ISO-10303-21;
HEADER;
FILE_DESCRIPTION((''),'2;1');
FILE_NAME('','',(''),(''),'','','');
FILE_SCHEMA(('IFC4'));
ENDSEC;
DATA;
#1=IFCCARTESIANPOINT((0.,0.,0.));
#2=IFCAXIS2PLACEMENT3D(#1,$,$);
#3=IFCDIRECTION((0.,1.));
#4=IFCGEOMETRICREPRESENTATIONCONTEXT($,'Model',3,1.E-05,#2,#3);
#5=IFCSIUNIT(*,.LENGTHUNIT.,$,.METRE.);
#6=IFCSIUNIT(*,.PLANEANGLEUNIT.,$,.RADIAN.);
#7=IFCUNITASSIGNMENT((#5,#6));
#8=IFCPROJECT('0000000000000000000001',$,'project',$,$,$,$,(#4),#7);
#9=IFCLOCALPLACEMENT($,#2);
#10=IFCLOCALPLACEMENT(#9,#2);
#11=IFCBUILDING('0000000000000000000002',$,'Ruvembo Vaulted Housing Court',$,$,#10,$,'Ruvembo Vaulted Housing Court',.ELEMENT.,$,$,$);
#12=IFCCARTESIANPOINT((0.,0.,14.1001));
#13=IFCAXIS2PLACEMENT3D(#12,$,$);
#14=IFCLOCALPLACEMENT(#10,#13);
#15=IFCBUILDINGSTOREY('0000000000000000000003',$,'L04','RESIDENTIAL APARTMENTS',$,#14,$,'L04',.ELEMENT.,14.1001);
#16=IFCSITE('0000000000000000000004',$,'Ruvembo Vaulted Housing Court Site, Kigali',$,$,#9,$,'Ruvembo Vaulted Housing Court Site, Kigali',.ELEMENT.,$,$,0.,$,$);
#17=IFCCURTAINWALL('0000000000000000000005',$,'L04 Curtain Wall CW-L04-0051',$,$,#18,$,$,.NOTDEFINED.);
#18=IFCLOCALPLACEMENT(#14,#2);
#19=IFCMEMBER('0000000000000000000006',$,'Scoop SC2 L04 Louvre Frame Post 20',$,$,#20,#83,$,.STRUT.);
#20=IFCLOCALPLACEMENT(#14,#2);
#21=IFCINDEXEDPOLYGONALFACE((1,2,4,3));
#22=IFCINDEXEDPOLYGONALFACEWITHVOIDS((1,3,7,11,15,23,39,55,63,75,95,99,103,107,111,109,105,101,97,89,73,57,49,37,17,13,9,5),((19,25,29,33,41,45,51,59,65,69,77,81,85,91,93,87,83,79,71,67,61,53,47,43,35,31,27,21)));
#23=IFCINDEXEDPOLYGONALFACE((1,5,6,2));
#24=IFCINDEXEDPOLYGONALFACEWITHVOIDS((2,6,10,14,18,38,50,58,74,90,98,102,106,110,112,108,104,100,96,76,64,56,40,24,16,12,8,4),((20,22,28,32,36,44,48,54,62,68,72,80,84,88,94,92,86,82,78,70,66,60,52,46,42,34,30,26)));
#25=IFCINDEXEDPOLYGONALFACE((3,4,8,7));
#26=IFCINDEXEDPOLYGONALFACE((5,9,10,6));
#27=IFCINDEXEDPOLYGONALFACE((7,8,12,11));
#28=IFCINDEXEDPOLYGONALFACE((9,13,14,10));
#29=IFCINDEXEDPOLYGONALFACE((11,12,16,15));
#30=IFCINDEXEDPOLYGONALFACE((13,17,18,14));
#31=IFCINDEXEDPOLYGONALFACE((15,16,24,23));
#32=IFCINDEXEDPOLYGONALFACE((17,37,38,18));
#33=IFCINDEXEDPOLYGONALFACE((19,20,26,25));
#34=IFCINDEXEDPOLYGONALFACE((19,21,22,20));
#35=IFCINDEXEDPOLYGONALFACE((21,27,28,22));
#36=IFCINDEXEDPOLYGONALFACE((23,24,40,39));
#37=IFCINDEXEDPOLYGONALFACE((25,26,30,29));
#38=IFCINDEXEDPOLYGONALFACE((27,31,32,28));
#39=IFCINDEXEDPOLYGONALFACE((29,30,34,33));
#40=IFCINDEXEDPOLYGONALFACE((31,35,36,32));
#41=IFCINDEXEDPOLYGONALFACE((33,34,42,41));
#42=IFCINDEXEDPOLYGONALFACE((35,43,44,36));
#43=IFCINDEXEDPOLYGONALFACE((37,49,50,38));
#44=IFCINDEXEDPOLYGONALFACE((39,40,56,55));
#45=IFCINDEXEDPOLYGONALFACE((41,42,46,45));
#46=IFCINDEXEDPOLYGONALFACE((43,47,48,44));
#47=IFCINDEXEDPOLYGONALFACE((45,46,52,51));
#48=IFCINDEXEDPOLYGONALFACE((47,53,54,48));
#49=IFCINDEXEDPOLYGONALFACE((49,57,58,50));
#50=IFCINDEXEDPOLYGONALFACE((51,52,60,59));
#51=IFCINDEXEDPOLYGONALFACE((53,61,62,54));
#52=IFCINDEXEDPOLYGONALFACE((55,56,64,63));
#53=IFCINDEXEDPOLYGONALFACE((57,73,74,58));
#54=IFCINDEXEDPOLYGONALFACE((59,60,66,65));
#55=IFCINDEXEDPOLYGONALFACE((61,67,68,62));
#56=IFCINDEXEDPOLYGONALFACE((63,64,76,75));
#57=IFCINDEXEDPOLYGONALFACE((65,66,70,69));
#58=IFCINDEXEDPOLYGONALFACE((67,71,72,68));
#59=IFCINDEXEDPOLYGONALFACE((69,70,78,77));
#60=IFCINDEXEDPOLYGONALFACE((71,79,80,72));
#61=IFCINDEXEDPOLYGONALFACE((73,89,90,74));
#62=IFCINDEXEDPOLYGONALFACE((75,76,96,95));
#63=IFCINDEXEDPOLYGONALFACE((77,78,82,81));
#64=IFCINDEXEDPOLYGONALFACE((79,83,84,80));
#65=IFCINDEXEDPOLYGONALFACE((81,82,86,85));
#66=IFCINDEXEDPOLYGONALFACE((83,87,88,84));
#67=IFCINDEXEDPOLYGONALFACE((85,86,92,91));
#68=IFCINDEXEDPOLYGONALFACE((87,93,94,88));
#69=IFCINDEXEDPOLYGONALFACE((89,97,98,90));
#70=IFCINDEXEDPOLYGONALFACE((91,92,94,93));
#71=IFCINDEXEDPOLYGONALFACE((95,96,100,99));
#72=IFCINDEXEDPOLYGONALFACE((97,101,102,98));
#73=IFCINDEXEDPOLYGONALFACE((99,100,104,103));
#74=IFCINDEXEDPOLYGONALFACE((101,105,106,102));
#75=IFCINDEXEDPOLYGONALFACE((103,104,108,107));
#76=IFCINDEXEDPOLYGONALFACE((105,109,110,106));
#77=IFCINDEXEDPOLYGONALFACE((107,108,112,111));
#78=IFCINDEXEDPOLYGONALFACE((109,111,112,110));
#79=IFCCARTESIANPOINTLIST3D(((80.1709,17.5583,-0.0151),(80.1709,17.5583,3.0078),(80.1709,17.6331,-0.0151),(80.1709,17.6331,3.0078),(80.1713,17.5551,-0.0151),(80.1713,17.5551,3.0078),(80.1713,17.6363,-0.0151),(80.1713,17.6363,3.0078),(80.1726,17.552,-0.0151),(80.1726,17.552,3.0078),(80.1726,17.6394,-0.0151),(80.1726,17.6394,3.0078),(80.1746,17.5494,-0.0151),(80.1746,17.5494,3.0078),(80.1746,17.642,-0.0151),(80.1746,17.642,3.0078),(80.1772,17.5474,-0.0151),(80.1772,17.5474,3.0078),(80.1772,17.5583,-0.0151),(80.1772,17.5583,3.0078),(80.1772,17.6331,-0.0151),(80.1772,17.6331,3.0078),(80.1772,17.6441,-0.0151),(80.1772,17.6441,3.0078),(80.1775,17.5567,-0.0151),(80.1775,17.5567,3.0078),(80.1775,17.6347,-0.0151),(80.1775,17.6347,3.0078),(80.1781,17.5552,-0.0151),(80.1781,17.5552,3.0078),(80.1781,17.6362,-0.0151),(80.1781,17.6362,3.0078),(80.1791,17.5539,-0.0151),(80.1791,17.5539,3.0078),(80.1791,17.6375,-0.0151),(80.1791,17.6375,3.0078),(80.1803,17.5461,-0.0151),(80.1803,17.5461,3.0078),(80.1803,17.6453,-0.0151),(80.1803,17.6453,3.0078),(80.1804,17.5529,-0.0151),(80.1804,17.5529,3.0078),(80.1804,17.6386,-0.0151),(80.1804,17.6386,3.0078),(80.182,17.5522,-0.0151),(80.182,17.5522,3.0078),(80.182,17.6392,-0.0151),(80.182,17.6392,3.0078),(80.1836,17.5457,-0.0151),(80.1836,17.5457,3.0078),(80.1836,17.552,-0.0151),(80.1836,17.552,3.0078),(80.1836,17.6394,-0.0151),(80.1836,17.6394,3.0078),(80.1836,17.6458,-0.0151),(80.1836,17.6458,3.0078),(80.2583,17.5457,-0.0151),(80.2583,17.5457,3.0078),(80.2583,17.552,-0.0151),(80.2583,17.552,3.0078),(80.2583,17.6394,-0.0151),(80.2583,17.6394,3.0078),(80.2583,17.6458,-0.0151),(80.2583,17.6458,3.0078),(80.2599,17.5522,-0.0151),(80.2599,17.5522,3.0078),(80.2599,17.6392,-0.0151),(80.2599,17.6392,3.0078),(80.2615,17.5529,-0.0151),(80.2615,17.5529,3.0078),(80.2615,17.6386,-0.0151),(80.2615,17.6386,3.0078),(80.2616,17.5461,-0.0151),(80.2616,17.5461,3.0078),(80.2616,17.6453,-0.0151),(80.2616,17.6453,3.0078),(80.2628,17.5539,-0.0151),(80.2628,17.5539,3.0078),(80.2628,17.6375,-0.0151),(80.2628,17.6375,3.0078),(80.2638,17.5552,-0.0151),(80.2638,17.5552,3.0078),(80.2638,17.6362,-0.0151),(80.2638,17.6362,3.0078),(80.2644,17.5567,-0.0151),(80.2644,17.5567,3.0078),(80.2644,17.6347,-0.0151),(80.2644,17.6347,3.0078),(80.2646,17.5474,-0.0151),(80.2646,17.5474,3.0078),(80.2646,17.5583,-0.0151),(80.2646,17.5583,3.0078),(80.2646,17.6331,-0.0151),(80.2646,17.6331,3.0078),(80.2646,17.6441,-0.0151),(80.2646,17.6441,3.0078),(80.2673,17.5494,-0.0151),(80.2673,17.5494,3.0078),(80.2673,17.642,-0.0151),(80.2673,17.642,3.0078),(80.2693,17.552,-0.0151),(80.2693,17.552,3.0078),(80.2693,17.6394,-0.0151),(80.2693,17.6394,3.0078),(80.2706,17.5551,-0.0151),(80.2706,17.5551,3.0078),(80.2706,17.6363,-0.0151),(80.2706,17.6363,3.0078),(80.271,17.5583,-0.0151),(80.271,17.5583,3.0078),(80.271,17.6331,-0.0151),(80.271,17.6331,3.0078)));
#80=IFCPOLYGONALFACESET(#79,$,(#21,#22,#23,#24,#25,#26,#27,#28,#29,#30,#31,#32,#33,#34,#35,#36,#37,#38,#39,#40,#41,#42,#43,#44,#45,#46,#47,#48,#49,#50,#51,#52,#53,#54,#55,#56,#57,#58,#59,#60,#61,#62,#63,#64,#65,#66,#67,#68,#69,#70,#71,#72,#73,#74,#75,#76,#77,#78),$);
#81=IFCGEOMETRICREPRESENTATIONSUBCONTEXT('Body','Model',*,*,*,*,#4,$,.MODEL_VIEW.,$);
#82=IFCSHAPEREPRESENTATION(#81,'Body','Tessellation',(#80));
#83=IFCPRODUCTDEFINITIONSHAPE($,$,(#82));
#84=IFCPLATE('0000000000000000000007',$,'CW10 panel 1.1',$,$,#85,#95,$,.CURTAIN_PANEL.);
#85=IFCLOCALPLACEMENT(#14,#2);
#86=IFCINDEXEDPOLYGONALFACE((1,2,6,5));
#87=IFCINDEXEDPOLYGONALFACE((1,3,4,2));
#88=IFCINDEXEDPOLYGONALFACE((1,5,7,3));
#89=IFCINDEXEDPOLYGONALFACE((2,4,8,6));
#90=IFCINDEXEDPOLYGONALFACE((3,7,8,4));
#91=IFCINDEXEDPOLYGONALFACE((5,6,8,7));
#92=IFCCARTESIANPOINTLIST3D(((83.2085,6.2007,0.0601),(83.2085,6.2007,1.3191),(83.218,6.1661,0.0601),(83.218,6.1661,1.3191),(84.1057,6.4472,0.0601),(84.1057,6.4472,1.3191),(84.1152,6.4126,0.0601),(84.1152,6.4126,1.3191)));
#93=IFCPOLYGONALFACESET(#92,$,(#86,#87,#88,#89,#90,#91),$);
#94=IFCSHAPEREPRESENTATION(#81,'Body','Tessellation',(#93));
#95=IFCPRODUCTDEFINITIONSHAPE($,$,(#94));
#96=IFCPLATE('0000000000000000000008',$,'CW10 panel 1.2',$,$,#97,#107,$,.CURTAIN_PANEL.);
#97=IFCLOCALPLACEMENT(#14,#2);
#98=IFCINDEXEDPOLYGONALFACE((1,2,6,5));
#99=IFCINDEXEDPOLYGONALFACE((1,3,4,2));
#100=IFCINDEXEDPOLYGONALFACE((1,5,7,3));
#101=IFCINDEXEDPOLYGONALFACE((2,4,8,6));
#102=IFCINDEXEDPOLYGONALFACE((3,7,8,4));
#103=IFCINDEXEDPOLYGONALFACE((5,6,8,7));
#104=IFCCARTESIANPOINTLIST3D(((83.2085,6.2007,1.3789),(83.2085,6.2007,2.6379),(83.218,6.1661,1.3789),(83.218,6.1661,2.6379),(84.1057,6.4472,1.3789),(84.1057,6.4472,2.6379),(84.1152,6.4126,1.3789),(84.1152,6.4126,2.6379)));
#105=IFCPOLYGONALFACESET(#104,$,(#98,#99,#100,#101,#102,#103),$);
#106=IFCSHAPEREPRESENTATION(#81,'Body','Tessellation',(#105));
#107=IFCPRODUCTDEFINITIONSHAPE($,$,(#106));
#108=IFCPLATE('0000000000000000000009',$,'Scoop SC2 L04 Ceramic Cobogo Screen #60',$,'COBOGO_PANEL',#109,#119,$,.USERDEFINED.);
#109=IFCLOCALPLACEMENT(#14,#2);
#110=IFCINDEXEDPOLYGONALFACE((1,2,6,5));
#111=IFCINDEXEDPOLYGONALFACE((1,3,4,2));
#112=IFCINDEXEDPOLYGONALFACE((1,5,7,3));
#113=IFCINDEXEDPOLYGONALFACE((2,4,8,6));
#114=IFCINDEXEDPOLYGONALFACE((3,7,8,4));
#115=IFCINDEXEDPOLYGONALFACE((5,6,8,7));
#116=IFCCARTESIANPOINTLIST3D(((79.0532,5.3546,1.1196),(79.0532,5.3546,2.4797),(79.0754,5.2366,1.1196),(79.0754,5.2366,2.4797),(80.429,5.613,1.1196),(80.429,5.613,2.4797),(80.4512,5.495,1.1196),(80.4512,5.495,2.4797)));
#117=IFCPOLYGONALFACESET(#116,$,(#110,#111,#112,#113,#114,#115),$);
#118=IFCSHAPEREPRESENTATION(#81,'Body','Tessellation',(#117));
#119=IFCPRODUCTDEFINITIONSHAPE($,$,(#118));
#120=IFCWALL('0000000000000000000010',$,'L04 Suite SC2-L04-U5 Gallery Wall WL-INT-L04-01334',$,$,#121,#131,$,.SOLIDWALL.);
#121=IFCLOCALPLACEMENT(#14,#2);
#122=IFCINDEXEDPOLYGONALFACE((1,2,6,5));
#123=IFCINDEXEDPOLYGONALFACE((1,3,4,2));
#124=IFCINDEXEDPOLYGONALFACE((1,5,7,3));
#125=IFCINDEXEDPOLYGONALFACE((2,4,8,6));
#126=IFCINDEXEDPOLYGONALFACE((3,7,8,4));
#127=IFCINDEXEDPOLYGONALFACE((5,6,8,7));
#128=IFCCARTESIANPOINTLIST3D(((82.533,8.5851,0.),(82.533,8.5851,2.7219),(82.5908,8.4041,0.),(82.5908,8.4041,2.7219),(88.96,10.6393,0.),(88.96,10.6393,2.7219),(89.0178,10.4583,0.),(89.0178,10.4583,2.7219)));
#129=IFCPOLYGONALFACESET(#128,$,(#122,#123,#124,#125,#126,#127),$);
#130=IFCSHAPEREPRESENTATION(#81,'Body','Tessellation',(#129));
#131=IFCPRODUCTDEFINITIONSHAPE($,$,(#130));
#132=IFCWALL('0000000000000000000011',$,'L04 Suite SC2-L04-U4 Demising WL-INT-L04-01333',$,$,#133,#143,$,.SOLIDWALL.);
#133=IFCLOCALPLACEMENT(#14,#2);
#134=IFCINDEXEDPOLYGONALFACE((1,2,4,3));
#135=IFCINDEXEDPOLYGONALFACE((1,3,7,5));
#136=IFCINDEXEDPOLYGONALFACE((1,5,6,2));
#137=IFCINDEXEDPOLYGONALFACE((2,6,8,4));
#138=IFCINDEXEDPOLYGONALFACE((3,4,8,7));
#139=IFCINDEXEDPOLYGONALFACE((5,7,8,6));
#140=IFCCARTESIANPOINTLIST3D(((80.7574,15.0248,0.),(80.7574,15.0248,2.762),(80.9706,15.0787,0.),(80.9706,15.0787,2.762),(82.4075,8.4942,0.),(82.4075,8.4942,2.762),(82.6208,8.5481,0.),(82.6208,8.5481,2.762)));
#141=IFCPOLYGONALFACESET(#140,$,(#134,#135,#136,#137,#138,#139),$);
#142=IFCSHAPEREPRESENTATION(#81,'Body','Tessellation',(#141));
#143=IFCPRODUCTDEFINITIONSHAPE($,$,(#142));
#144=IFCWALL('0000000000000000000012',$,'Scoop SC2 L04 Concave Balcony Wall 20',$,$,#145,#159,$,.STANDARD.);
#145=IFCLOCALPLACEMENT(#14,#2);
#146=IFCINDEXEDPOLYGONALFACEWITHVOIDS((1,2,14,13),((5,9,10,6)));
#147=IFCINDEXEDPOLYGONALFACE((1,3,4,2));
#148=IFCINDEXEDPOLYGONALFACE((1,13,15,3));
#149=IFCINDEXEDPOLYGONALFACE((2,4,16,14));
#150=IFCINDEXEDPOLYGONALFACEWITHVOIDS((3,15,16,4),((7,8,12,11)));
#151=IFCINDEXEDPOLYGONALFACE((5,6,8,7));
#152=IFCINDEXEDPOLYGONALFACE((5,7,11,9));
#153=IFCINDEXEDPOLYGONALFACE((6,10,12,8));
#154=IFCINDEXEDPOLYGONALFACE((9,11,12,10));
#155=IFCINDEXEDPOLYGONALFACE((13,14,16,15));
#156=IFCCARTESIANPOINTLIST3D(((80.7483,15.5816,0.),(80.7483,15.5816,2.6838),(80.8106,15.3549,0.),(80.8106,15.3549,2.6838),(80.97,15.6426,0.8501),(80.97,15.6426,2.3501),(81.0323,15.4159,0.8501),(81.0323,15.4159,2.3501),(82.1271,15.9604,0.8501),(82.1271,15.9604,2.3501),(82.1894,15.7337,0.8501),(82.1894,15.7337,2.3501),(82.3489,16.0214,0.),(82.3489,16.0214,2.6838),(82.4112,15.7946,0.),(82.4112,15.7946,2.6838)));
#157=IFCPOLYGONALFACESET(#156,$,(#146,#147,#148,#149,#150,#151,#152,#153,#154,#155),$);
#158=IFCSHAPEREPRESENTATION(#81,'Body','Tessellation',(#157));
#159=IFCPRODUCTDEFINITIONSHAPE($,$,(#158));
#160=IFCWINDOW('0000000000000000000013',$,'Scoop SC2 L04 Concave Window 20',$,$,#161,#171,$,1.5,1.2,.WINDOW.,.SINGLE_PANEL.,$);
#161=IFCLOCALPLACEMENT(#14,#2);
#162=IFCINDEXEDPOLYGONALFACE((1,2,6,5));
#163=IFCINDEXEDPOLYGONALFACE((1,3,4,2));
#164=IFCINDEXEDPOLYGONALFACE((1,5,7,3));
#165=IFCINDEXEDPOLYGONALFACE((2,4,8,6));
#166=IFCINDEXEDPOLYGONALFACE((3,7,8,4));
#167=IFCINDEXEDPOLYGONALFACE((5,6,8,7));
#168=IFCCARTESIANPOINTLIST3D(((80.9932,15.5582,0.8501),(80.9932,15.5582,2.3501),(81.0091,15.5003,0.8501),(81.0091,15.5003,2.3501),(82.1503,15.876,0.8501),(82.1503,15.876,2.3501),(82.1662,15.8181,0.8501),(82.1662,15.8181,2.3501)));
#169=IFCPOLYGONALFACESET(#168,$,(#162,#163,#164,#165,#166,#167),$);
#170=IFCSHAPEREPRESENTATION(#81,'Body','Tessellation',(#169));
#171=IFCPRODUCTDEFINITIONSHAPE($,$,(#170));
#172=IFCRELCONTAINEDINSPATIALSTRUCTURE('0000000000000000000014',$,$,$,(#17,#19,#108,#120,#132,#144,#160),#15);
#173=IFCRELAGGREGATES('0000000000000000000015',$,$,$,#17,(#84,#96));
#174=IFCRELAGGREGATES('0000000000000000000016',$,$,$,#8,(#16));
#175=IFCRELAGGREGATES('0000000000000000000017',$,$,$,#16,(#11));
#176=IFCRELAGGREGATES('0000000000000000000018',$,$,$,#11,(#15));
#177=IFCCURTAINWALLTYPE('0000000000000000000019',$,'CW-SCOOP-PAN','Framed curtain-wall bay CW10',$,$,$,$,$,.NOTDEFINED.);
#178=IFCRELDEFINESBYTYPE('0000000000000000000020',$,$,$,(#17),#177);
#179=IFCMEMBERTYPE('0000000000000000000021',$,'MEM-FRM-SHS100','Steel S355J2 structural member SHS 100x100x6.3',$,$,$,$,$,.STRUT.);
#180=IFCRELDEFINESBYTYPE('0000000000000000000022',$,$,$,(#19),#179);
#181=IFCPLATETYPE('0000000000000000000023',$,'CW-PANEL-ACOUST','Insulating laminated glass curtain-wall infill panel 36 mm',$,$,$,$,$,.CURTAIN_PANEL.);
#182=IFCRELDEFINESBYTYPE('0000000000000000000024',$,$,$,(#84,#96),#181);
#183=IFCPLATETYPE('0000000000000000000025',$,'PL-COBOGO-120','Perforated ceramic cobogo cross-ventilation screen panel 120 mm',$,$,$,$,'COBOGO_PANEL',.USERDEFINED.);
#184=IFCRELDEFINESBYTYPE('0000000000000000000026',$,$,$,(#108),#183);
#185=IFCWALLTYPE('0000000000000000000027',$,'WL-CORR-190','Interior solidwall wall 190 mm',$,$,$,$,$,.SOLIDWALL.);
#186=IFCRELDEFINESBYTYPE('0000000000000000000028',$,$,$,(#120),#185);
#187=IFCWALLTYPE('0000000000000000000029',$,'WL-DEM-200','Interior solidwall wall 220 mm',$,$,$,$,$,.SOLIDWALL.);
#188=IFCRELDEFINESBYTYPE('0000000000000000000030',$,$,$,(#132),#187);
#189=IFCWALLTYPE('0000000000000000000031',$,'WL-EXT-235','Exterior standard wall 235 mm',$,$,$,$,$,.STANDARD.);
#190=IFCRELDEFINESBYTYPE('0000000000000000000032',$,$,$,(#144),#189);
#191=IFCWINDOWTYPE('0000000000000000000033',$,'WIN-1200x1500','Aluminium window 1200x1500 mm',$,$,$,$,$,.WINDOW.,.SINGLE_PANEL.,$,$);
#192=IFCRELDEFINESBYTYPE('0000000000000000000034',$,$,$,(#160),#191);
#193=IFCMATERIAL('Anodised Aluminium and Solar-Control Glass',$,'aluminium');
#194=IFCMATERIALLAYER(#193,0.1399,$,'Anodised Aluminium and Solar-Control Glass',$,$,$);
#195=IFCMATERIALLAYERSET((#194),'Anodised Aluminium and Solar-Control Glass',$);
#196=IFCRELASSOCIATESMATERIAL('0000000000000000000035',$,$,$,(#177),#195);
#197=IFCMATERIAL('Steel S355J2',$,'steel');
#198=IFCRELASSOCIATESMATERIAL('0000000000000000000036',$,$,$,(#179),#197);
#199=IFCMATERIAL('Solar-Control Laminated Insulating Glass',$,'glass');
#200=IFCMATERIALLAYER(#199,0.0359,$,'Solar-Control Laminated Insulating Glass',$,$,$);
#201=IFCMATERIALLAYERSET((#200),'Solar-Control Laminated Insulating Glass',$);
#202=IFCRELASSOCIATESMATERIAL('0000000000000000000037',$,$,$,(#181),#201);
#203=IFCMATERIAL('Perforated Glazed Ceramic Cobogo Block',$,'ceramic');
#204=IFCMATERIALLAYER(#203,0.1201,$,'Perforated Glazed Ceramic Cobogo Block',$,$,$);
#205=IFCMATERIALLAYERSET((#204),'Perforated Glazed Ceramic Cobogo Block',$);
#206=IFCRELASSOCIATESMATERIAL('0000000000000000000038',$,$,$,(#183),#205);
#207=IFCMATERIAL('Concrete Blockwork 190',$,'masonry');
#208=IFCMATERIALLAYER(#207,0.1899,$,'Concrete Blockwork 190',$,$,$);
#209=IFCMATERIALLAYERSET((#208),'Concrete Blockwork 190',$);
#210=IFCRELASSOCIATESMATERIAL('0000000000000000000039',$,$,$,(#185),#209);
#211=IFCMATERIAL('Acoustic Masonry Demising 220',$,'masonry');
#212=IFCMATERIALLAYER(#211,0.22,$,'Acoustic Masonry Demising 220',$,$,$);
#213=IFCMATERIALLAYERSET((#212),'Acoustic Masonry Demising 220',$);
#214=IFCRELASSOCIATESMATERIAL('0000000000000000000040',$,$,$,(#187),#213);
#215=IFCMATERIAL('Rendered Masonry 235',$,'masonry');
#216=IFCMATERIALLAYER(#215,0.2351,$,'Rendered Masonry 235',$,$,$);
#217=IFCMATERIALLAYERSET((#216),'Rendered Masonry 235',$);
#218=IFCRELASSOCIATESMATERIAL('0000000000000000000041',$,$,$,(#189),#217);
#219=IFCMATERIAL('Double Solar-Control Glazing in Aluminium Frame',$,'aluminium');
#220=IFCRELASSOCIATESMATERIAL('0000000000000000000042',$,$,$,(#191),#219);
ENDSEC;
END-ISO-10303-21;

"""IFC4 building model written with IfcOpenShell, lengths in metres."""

from ifc_helpers import new_model, si_unit, direction, frame, frame_2d, origin, origin_2d, place, context, subcontext, project, spatial, rectangle, hollow_rectangle, extrude, material, layer, layer_set, material_profile, profile_set, type_object, element, fill, aggregate, save


model = new_model("IFC4")

# Units and contexts
model_context = context("Model", 3, precision=1e-05, world=origin(), true_north=direction((0.0, 1.0)))
body_context = subcontext(model_context, "Body", "Model", "MODEL_VIEW")
ifc_project = project(units=[si_unit("LENGTHUNIT", "METRE"), si_unit("PLANEANGLEUNIT", "RADIAN")], contexts=[model_context])

# Site, building, storey
site_placement = place(None, origin())
site = spatial("IfcSite", under=ifc_project, at=site_placement, Name="Ruvembo Vaulted Housing Court Site, Kigali", LongName="Ruvembo Vaulted Housing Court Site, Kigali", CompositionType="ELEMENT", RefElevation=0.0)
building_placement = place(site_placement, origin())
building = spatial("IfcBuilding", under=site, at=building_placement, Name="Ruvembo Vaulted Housing Court", LongName="Ruvembo Vaulted Housing Court", CompositionType="ELEMENT")
storey_placement = place(building_placement, frame((0.0, 0.0, 14.1001)))
storey = spatial("IfcBuildingStorey", under=building, at=storey_placement, Name="L04", Description="RESIDENTIAL APARTMENTS", LongName="L04", CompositionType="ELEMENT", Elevation=14.1001)

# Shared definitions
ifc_material_1 = material(Name="Steel S355J2", Category="steel")

# Curtain wall
ifc_material_2 = material(Name="Anodised Aluminium and Solar-Control Glass", Category="aluminium")
ifc_layer_1 = layer(ifc_material_2, 0.1399, Name="Anodised Aluminium and Solar-Control Glass")
ifc_layer_set_1 = layer_set([ifc_layer_1], Name="Anodised Aluminium and Solar-Control Glass")
curtain_wall_type = type_object("IfcCurtainWallType", Name="CW-SCOOP-PAN", Description="Framed curtain-wall bay CW10", PredefinedType="NOTDEFINED", material=ifc_layer_set_1)
curtain_wall_placement = place(storey_placement, origin())
curtain_wall = element("IfcCurtainWall", 1, at=curtain_wall_placement, inside=storey, type_object=curtain_wall_type, Name="L04 Curtain Wall CW-L04-0051", PredefinedType="NOTDEFINED")

# Member
ifc_material_profile_1 = material_profile(ifc_material_1, hollow_rectangle(XDim=0.1001, YDim=0.1001, WallThickness=0.0063, InnerFilletRadius=0.0063, OuterFilletRadius=0.0127, at=origin_2d()), Name="SHS 100x100x6.3")
ifc_profile_set_1 = profile_set([ifc_material_profile_1], Name="Steel S355J2")
member_type_1 = type_object("IfcMemberType", Name="MEM-FRM-SHS100", Description="Steel S355J2 structural member SHS 100x100x6.3", PredefinedType="STRUT", material=ifc_profile_set_1)
for number, where, z_axis, x_axis, name in (
    (2, (80.2209, 17.5957, -0.0151), (0.0, 0.0, 1.0), (1.0, 0.0, 0.0), "Scoop SC2 L04 Louvre Frame Post 20"),
):
    element("IfcMember", number, at=place(storey_placement, frame(where, z_axis=z_axis, x_axis=x_axis)), inside=storey, type_object=member_type_1, Name=name, PredefinedType="STRUT", context=body_context, shape_type="SweptSolid", body=[
        extrude(hollow_rectangle(XDim=0.1001, YDim=0.1001, WallThickness=0.0063, InnerFilletRadius=0.0063, OuterFilletRadius=0.0127, at=origin_2d()), origin(), (0.0, 0.0, 1.0), 3.0229),
    ])

# Plates
ifc_material_3 = material(Name="Solar-Control Laminated Insulating Glass", Category="glass")
ifc_layer_2 = layer(ifc_material_3, 0.0359, Name="Solar-Control Laminated Insulating Glass")
ifc_layer_set_2 = layer_set([ifc_layer_2], Name="Solar-Control Laminated Insulating Glass")
plate_type_1 = type_object("IfcPlateType", Name="CW-PANEL-ACOUST", Description="Insulating laminated glass curtain-wall infill panel 36 mm", PredefinedType="CURTAIN_PANEL", material=ifc_layer_set_2)
plate_1_placement = place(storey_placement, frame((83.6619, 6.3066, 0.0601), z_axis=(0.0, 0.0, 1.0), x_axis=(0.964261, 0.264955, 0.0)))
plate_1 = element("IfcPlate", 3, at=plate_1_placement, type_object=plate_type_1, Name="CW10 panel 1.1", PredefinedType="CURTAIN_PANEL", context=body_context, shape_type="SweptSolid", body=[
    extrude(rectangle(XDim=0.9304, YDim=0.0359, at=origin_2d()), origin(), (0.0, 0.0, 1.0), 1.259),
])
plate_2_placement = place(storey_placement, frame((83.6619, 6.3066, 1.3789), z_axis=(0.0, 0.0, 1.0), x_axis=(0.964261, 0.264955, 0.0)))
plate_2 = element("IfcPlate", 4, at=plate_2_placement, type_object=plate_type_1, Name="CW10 panel 1.2", PredefinedType="CURTAIN_PANEL", context=body_context, shape_type="SweptSolid", body=[
    extrude(rectangle(XDim=0.9304, YDim=0.0359, at=origin_2d()), origin(), (0.0, 0.0, 1.0), 1.259),
])
aggregate(curtain_wall, [plate_1, plate_2])
ifc_material_4 = material(Name="Perforated Glazed Ceramic Cobogo Block", Category="ceramic")
ifc_layer_3 = layer(ifc_material_4, 0.1201, Name="Perforated Glazed Ceramic Cobogo Block")
ifc_layer_set_3 = layer_set([ifc_layer_3], Name="Perforated Glazed Ceramic Cobogo Block")
plate_type_2 = type_object("IfcPlateType", Name="PL-COBOGO-120", Description="Perforated ceramic cobogo cross-ventilation screen panel 120 mm", ElementType="COBOGO_PANEL", PredefinedType="USERDEFINED", material=ifc_layer_set_3)
plate_3_placement = place(storey_placement, frame((79.7522, 5.4248, 1.1196), z_axis=(0.0, 0.0, 1.0), x_axis=(0.982816, 0.184586, 0.0)))
element("IfcPlate", 5, at=plate_3_placement, inside=storey, type_object=plate_type_2, Name="Scoop SC2 L04 Ceramic Cobogo Screen #60", ObjectType="COBOGO_PANEL", PredefinedType="USERDEFINED", context=body_context, shape_type="SweptSolid", body=[
    extrude(rectangle(XDim=1.3999, YDim=0.1201, at=origin_2d()), origin(), (0.0, 0.0, 1.0), 1.3601),
])

# Walls
ifc_material_5 = material(Name="Concrete Blockwork 190", Category="masonry")
ifc_layer_4 = layer(ifc_material_5, 0.1899, Name="Concrete Blockwork 190")
ifc_layer_set_4 = layer_set([ifc_layer_4], Name="Concrete Blockwork 190")
wall_type_1 = type_object("IfcWallType", Name="WL-CORR-190", Description="Interior solidwall wall 190 mm", PredefinedType="SOLIDWALL", material=ifc_layer_set_4)
wall_1_placement = place(storey_placement, frame((82.562, 8.4946, 0.0), z_axis=(0.0, 0.0, 1.0), x_axis=(0.952529, 0.304447, 0.0)))
element("IfcWall", 6, at=wall_1_placement, inside=storey, type_object=wall_type_1, Name="L04 Suite SC2-L04-U5 Gallery Wall WL-INT-L04-01334", PredefinedType="SOLIDWALL", context=body_context, shape_type="SweptSolid", body=[
    extrude(rectangle(XDim=6.7473, YDim=0.1899, at=frame_2d((3.3735, 0.0))), origin(), (0.0, 0.0, 1.0), 2.7219),
])
ifc_material_6 = material(Name="Acoustic Masonry Demising 220", Category="masonry")
ifc_layer_5 = layer(ifc_material_6, 0.22, Name="Acoustic Masonry Demising 220")
ifc_layer_set_5 = layer_set([ifc_layer_5], Name="Acoustic Masonry Demising 220")
wall_type_2 = type_object("IfcWallType", Name="WL-DEM-200", Description="Interior solidwall wall 220 mm", PredefinedType="SOLIDWALL", material=ifc_layer_set_5)
wall_2_placement = place(storey_placement, frame((80.864, 15.0518, 0.0), z_axis=(0.0, 0.0, 1.0), x_axis=(0.244982, -0.969528, 0.0)))
element("IfcWall", 7, at=wall_2_placement, inside=storey, type_object=wall_type_2, Name="L04 Suite SC2-L04-U4 Demising WL-INT-L04-01333", PredefinedType="SOLIDWALL", context=body_context, shape_type="SweptSolid", body=[
    extrude(rectangle(XDim=6.7358, YDim=0.22, at=frame_2d((3.3679, 0.0))), origin(), (0.0, 0.0, 1.0), 2.762),
])

# Shared definitions
ifc_material_7 = material(Name="Rendered Masonry 235", Category="masonry")
ifc_layer_6 = layer(ifc_material_7, 0.2351, Name="Rendered Masonry 235")
ifc_layer_set_6 = layer_set([ifc_layer_6], Name="Rendered Masonry 235")
wall_type_3 = type_object("IfcWallType", Name="WL-EXT-235", Description="Exterior standard wall 235 mm", PredefinedType="STANDARD", material=ifc_layer_set_6)

# Wall, opening, window
wall_3_placement = place(storey_placement, frame((80.7793, 15.4683, 0.0), z_axis=(0.0, 0.0, 1.0), x_axis=(0.964277, 0.264897, 0.0)))
wall_3 = element("IfcWall", 8, at=wall_3_placement, inside=storey, type_object=wall_type_3, Name="Scoop SC2 L04 Concave Balcony Wall 20", PredefinedType="STANDARD", context=body_context, shape_type="SweptSolid", body=[
    extrude(rectangle(XDim=1.6599, YDim=0.2351, at=frame_2d((0.8301, 0.0))), origin(), (0.0, 0.0, 1.0), 2.6838),
])
opening_1_placement = place(wall_3_placement, frame((0.23, 0.0, 0.8501)))
opening_1 = element("IfcOpeningElement", 9, at=opening_1_placement, cuts=wall_3, PredefinedType="OPENING", context=body_context, shape_type="SweptSolid", body=[
    extrude(rectangle(XDim=1.2, YDim=1.5, at=frame_2d((0.6001, 0.75))), frame((0.0, 0.1274, 0.0), z_axis=(0.0, -1.0, 0.0), x_axis=(1.0, 0.0, 0.0)), (0.0, 0.0, 1.0), 0.2551),
])
ifc_material_8 = material(Name="Double Solar-Control Glazing in Aluminium Frame", Category="aluminium")
window_type_1 = type_object("IfcWindowType", Name="WIN-1200x1500", Description="Aluminium window 1200x1500 mm", PartitioningType="SINGLE_PANEL", PredefinedType="WINDOW", material=ifc_material_8)
window_1_placement = place(opening_1_placement, origin())
window_1 = element("IfcWindow", 10, at=window_1_placement, inside=storey, type_object=window_type_1, Name="Scoop SC2 L04 Concave Window 20", OverallHeight=1.5, OverallWidth=1.2, PartitioningType="SINGLE_PANEL", PredefinedType="WINDOW", context=body_context, shape_type="SweptSolid", body=[
    extrude(rectangle(XDim=1.2, YDim=1.5, at=frame_2d((0.6001, 0.75))), frame((0.0, 0.03, 0.0), z_axis=(0.0, -1.0, 0.0), x_axis=(1.0, 0.0, 0.0)), (0.0, 0.0, 1.0), 0.0601),
])
fill(opening_1, window_1)

save(model, "model.ifc")
